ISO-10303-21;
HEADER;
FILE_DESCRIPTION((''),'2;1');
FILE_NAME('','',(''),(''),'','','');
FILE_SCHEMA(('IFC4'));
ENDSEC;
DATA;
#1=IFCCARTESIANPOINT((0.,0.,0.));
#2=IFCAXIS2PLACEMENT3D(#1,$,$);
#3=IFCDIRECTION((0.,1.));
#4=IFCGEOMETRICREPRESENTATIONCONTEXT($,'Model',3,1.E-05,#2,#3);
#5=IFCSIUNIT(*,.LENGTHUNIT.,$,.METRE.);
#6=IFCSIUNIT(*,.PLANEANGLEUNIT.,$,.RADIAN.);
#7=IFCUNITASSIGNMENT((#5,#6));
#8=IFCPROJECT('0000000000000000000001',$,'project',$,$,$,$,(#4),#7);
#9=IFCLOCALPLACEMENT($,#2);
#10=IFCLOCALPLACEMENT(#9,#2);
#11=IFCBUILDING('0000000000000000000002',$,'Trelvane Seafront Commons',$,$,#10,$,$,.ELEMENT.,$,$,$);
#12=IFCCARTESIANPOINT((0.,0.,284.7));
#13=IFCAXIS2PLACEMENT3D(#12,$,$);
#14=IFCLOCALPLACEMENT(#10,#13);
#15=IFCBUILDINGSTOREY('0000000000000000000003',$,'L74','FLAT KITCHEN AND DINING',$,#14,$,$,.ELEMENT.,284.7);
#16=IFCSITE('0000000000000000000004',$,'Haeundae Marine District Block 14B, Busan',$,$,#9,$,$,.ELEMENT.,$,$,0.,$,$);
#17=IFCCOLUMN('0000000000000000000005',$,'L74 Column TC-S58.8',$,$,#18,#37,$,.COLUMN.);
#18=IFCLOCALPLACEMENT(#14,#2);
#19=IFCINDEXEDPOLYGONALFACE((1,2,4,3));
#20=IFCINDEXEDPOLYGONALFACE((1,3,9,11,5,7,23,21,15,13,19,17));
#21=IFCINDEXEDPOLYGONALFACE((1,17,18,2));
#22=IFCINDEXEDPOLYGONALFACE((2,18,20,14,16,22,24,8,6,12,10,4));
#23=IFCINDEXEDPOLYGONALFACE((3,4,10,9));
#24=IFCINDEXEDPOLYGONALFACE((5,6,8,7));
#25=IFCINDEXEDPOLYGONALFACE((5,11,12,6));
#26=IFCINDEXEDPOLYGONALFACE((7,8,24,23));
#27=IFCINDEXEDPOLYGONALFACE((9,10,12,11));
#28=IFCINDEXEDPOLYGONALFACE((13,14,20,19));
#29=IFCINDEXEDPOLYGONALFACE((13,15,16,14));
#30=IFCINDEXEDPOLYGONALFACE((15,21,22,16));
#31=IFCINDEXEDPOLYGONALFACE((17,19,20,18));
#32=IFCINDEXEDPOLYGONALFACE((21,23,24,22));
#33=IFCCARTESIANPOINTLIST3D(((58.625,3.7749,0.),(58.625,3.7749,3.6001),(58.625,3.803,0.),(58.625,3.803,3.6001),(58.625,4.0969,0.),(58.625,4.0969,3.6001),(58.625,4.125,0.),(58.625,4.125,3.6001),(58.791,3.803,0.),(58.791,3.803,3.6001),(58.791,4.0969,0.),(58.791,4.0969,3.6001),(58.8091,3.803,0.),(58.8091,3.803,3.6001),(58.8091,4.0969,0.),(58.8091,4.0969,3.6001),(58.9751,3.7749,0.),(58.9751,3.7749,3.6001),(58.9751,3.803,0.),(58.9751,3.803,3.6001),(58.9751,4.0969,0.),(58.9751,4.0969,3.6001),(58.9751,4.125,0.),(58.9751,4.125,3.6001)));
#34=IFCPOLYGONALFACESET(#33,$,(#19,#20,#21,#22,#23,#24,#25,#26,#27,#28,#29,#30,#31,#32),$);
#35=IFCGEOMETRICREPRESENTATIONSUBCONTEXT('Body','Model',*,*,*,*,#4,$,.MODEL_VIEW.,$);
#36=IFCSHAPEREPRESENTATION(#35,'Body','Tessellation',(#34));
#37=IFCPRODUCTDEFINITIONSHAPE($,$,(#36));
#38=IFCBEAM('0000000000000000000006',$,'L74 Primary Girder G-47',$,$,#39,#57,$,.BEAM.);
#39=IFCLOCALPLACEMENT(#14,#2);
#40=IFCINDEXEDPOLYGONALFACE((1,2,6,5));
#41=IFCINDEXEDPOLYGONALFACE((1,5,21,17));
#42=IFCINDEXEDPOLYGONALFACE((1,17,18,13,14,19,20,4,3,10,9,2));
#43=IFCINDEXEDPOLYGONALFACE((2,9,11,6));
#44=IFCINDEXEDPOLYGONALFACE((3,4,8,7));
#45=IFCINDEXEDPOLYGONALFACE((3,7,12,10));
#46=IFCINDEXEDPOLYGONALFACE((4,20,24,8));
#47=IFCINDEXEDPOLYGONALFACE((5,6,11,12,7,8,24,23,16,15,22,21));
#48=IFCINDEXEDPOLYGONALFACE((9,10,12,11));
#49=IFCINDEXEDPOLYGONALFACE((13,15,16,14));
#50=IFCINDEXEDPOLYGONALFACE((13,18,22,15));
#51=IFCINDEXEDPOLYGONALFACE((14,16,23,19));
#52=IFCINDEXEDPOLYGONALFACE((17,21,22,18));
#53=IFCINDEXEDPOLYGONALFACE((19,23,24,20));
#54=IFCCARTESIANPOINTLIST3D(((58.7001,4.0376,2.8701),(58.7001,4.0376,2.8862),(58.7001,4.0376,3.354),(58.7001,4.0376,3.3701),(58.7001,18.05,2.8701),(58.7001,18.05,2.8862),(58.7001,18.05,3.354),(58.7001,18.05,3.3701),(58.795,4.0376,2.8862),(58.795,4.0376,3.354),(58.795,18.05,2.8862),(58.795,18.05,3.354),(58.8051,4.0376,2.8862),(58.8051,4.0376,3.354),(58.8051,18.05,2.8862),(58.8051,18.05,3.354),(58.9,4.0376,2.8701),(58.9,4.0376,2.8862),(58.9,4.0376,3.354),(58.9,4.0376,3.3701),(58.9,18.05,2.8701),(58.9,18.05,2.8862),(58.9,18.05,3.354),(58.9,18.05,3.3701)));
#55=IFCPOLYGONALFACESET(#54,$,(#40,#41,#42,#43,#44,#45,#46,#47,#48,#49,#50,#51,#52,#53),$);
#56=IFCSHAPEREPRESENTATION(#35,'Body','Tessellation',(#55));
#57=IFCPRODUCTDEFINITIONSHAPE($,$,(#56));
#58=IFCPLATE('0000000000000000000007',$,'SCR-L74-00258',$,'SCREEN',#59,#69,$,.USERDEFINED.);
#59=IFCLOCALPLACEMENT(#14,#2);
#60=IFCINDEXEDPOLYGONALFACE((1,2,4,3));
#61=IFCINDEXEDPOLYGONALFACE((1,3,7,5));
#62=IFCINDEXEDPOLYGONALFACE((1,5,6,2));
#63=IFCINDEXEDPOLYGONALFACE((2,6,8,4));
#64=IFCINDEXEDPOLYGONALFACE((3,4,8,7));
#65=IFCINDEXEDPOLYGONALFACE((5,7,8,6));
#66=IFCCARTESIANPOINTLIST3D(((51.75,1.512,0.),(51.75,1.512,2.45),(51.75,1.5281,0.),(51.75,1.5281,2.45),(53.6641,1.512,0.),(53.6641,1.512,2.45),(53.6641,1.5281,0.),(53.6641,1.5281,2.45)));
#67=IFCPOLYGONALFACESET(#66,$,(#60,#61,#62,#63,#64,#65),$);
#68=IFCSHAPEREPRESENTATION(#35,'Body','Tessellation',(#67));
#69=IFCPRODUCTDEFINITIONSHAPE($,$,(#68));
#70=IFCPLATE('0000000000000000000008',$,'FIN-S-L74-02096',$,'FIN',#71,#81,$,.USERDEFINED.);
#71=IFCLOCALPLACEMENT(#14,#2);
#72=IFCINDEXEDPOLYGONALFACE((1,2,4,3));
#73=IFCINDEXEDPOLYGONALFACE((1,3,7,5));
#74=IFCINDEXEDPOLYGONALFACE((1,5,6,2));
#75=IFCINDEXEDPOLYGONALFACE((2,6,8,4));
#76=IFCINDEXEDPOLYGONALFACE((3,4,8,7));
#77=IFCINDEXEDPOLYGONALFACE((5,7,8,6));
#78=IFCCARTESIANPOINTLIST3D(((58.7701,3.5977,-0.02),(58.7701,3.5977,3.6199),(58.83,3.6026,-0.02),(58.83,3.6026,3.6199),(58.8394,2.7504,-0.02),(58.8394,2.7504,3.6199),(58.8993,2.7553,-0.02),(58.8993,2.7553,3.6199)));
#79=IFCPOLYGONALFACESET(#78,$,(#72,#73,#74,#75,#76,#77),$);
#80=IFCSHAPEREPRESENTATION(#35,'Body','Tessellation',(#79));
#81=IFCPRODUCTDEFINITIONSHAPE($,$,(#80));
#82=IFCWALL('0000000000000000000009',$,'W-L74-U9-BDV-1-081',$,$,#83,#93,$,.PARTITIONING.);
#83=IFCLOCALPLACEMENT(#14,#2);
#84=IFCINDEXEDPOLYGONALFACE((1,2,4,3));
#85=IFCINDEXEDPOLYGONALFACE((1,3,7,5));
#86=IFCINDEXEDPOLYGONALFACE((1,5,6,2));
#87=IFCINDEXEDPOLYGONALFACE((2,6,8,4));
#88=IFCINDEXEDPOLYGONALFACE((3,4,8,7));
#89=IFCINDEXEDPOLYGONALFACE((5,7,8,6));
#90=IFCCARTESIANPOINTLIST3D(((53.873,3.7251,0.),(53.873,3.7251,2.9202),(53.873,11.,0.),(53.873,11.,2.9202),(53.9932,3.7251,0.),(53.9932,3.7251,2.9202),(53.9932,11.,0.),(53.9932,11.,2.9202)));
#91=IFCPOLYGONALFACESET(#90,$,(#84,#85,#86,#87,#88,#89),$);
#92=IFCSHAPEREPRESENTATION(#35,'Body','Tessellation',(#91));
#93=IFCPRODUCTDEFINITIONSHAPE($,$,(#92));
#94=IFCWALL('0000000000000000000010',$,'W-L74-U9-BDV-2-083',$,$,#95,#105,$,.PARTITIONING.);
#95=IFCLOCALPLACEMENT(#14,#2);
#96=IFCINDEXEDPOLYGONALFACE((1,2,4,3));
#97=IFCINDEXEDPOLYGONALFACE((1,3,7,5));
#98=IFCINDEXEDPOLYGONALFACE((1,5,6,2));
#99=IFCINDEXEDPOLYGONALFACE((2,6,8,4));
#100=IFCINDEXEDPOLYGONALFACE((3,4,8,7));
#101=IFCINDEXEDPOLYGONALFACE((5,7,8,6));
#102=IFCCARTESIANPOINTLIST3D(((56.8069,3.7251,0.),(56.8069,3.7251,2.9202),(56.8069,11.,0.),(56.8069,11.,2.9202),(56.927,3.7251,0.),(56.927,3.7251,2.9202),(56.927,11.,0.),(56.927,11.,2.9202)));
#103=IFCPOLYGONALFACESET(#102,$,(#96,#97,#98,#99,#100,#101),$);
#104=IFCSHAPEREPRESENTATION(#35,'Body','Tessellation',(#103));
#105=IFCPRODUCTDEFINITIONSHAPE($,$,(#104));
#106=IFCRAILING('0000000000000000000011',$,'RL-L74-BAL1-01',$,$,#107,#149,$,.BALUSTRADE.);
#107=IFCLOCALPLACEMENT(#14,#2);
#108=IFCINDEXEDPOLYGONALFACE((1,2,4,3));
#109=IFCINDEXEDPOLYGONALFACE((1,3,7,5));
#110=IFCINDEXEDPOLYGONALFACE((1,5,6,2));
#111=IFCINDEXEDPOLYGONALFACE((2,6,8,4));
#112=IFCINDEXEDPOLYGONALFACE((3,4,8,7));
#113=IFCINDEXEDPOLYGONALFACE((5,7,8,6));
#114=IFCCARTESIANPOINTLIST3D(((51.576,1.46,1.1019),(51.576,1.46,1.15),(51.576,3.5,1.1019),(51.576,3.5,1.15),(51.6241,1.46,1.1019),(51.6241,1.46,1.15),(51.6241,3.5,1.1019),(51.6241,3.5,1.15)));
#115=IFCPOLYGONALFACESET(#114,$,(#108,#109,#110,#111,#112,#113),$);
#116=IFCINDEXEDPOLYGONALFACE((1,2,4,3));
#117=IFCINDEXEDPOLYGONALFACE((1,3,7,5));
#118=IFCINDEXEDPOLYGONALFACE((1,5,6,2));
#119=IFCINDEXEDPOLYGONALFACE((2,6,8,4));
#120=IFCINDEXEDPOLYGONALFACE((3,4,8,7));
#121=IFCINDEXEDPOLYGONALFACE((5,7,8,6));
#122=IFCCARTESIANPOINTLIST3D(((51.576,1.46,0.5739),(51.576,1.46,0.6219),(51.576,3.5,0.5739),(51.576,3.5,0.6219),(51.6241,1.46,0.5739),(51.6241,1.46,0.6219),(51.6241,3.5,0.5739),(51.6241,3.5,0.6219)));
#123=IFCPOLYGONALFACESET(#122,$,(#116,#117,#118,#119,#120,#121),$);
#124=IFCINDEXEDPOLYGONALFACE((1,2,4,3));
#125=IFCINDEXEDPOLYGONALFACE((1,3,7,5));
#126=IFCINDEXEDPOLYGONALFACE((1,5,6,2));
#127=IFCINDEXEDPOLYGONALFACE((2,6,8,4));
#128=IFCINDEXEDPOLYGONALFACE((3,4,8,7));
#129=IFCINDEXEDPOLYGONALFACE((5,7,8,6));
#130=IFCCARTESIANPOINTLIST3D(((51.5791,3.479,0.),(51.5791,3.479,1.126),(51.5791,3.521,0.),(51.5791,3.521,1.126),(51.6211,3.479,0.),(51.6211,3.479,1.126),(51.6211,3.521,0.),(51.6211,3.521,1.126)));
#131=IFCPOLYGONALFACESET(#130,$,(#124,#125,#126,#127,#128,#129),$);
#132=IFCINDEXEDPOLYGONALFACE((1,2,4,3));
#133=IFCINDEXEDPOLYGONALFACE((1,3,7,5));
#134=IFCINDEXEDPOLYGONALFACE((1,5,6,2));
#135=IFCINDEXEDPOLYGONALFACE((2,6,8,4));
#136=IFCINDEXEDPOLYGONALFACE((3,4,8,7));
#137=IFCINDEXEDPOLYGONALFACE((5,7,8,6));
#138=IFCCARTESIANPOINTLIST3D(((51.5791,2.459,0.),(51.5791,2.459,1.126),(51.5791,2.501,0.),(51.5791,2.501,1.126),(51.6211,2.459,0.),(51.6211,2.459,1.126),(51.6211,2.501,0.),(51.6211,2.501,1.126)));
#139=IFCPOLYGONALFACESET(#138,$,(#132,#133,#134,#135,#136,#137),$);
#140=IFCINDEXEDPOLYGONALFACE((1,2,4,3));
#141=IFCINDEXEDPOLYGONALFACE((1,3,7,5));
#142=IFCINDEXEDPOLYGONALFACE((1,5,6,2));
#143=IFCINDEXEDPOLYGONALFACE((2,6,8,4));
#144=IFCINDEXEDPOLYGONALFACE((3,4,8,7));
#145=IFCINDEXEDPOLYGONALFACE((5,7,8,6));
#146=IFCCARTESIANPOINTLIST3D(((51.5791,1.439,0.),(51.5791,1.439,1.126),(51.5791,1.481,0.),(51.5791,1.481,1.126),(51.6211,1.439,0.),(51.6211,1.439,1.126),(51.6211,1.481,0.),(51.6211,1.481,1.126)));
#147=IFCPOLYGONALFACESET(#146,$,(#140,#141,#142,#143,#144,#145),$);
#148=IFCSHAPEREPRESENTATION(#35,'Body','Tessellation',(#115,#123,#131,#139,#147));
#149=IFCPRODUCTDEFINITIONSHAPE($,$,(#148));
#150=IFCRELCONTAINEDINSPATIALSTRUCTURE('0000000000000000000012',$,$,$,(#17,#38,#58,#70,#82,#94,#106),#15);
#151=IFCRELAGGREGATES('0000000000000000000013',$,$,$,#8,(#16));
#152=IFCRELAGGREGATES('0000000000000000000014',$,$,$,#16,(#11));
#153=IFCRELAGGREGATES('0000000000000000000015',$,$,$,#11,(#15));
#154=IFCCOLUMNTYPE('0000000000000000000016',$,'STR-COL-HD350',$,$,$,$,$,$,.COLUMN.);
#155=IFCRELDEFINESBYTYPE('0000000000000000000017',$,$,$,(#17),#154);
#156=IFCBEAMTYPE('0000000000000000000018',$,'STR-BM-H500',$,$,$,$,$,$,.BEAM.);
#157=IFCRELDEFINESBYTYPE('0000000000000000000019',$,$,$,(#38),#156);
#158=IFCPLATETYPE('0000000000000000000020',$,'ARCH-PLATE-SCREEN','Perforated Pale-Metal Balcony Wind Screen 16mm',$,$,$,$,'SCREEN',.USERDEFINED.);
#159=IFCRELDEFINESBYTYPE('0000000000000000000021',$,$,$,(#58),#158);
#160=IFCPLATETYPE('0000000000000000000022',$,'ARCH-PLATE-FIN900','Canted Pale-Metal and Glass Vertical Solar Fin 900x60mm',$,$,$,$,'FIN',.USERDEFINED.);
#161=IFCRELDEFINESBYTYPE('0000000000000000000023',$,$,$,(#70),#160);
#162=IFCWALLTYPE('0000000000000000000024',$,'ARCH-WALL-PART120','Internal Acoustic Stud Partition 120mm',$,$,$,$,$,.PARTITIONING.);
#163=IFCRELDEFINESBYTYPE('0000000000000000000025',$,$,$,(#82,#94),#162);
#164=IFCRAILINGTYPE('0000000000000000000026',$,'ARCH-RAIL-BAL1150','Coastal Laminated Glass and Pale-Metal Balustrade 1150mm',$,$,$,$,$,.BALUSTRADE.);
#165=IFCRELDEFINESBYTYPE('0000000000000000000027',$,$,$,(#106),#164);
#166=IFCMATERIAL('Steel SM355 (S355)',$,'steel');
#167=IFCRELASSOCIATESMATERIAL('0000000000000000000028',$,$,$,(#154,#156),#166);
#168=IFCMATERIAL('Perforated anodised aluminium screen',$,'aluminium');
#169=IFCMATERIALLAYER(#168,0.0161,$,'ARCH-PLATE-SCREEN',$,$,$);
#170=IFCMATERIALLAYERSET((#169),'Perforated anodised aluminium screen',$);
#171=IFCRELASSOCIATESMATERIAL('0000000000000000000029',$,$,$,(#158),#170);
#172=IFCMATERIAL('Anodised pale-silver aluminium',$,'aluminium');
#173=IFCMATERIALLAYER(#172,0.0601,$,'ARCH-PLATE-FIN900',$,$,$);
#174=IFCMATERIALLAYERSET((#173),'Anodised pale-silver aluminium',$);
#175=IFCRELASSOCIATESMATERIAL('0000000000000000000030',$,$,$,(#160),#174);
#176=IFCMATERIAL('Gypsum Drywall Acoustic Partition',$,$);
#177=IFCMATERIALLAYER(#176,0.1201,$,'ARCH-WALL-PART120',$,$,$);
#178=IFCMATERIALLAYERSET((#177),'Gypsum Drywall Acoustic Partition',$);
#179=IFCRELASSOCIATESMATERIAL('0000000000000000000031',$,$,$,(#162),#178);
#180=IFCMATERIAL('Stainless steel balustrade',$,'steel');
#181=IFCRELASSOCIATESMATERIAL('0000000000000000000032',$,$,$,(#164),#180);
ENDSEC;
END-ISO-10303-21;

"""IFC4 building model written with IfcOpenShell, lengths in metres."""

from ifc_helpers import new_model, si_unit, direction, frame, frame_2d, origin, origin_2d, place, context, subcontext, project, spatial, rectangle, i_section, extrude, source, transform, mapped, material, layer, layer_set, material_profile, profile_set, type_object, element, save


model = new_model("IFC4")

# Units and contexts
model_context = context("Model", 3, precision=1e-05, world=origin(), true_north=direction((0.0, 1.0)))
body_context = subcontext(model_context, "Body", "Model", "MODEL_VIEW")
ifc_project = project(units=[si_unit("LENGTHUNIT", "METRE"), si_unit("PLANEANGLEUNIT", "RADIAN")], contexts=[model_context])

# Site, building, storey
site_placement = place(None, origin())
site = spatial("IfcSite", under=ifc_project, at=site_placement, Name="Haeundae Marine District Block 14B, Busan", CompositionType="ELEMENT", RefElevation=0.0)
building_placement = place(site_placement, origin())
building = spatial("IfcBuilding", under=site, at=building_placement, Name="Trelvane Seafront Commons", CompositionType="ELEMENT")
storey_placement = place(building_placement, frame((0.0, 0.0, 284.7)))
storey = spatial("IfcBuildingStorey", under=building, at=storey_placement, Name="L74", Description="FLAT KITCHEN AND DINING", CompositionType="ELEMENT", Elevation=284.7)

# Column
ifc_material_1 = material(Name="Steel SM355 (S355)", Category="steel")
ifc_material_profile_1 = material_profile(ifc_material_1, i_section(OverallWidth=0.3501, OverallDepth=0.3501, WebThickness=0.0181, FlangeThickness=0.0281, at=origin_2d()), Name="HD-350x350x18x28")
ifc_profile_set_1 = profile_set([ifc_material_profile_1], Name="Steel SM355 (S355)")
column_type = type_object("IfcColumnType", Name="STR-COL-HD350", PredefinedType="COLUMN", material=ifc_profile_set_1)
shared_shape_1 = source(origin(), body_context, "Body", "SweptSolid", [
    extrude(i_section(OverallWidth=0.3501, OverallDepth=0.3501, WebThickness=0.0181, FlangeThickness=0.0281, at=origin_2d()), origin(), (0.0, 0.0, 1.0), 3.6001),
])
column_placement = place(storey_placement, frame((58.8, 3.95, 0.0), z_axis=(0.0, 0.0, 1.0), x_axis=(1.0, 0.0, 0.0)))
element("IfcColumn", 1, at=column_placement, inside=storey, type_object=column_type, Name="L74 Column TC-S58.8", PredefinedType="COLUMN", context=body_context, shape_type="MappedRepresentation", body=[
    mapped(shared_shape_1, transform((0.0, 0.0, 0.0), x_axis=(1.0, 0.0, 0.0), y_axis=(0.0, 1.0, 0.0), z_axis=(0.0, 0.0, 1.0), scale=1.0)),
])

# Beam
ifc_material_profile_2 = material_profile(ifc_material_1, i_section(OverallWidth=0.2, OverallDepth=0.5, WebThickness=0.01, FlangeThickness=0.0161, at=origin_2d()), Name="H-500x200x10x16")
ifc_profile_set_2 = profile_set([ifc_material_profile_2], Name="Steel SM355 (S355)")
beam_type = type_object("IfcBeamType", Name="STR-BM-H500", PredefinedType="BEAM", material=ifc_profile_set_2)
shared_shape_2 = source(origin(), body_context, "Body", "SweptSolid", [
    extrude(i_section(OverallWidth=0.2, OverallDepth=0.5, WebThickness=0.01, FlangeThickness=0.0161, at=origin_2d()), origin(), (0.0, 0.0, 1.0), 14.0125),
])
beam_placement = place(storey_placement, frame((58.8, 4.0376, 3.1201), z_axis=(0.0, 1.0, 0.0), x_axis=(-1.0, 0.0, 0.0)))
element("IfcBeam", 2, at=beam_placement, inside=storey, type_object=beam_type, Name="L74 Primary Girder G-47", PredefinedType="BEAM", context=body_context, shape_type="MappedRepresentation", body=[
    mapped(shared_shape_2, transform((0.0, 0.0, 0.0), x_axis=(1.0, 0.0, 0.0), y_axis=(0.0, 1.0, 0.0), z_axis=(0.0, 0.0, 1.0), scale=1.0)),
])

# Plates
ifc_material_2 = material(Name="Perforated anodised aluminium screen", Category="aluminium")
ifc_layer_1 = layer(ifc_material_2, 0.0161, Name="ARCH-PLATE-SCREEN")
ifc_layer_set_1 = layer_set([ifc_layer_1], Name="Perforated anodised aluminium screen")
plate_type_1 = type_object("IfcPlateType", Name="ARCH-PLATE-SCREEN", Description="Perforated Pale-Metal Balcony Wind Screen 16mm", ElementType="SCREEN", PredefinedType="USERDEFINED", material=ifc_layer_set_1)
shared_shape_3 = source(origin(), body_context, "Body", "SweptSolid", [
    extrude(rectangle(XDim=1.9141, YDim=0.0161, at=origin_2d()), origin(), (0.0, 0.0, 1.0), 2.45),
])
plate_1_placement = place(storey_placement, frame((52.707, 1.52, 0.0), z_axis=(0.0, 0.0, 1.0), x_axis=(1.0, 0.0, 0.0)))
element("IfcPlate", 3, at=plate_1_placement, inside=storey, type_object=plate_type_1, Name="SCR-L74-00258", ObjectType="SCREEN", PredefinedType="USERDEFINED", context=body_context, shape_type="MappedRepresentation", body=[
    mapped(shared_shape_3, transform((0.0, 0.0, 0.0), x_axis=(1.0, 0.0, 0.0), y_axis=(0.0, 1.0, 0.0), z_axis=(0.0, 0.0, 1.0), scale=1.0)),
])
ifc_material_3 = material(Name="Anodised pale-silver aluminium", Category="aluminium")
ifc_layer_2 = layer(ifc_material_3, 0.0601, Name="ARCH-PLATE-FIN900")
ifc_layer_set_2 = layer_set([ifc_layer_2], Name="Anodised pale-silver aluminium")
plate_type_2 = type_object("IfcPlateType", Name="ARCH-PLATE-FIN900", Description="Canted Pale-Metal and Glass Vertical Solar Fin 900x60mm", ElementType="FIN", PredefinedType="USERDEFINED", material=ifc_layer_set_2)
shared_shape_4 = source(origin(), body_context, "Body", "SweptSolid", [
    extrude(rectangle(XDim=0.8501, YDim=0.0601, at=origin_2d()), origin(), (0.0, 0.0, 1.0), 3.6399),
])
plate_2_placement = place(storey_placement, frame((58.8347, 3.1765, -0.02), z_axis=(0.0, 0.0, 1.0), x_axis=(0.081526, -0.996671, 0.0)))
element("IfcPlate", 4, at=plate_2_placement, inside=storey, type_object=plate_type_2, Name="FIN-S-L74-02096", ObjectType="FIN", PredefinedType="USERDEFINED", context=body_context, shape_type="MappedRepresentation", body=[
    mapped(shared_shape_4, transform((0.0, 0.0, 0.0), x_axis=(1.0, 0.0, 0.0), y_axis=(0.0, 1.0, 0.0), z_axis=(0.0, 0.0, 1.0), scale=1.0)),
])

# Shared definitions
ifc_material_4 = material(Name="Gypsum Drywall Acoustic Partition")
ifc_layer_3 = layer(ifc_material_4, 0.1201, Name="ARCH-WALL-PART120")
ifc_layer_set_3 = layer_set([ifc_layer_3], Name="Gypsum Drywall Acoustic Partition")
wall_type = type_object("IfcWallType", Name="ARCH-WALL-PART120", Description="Internal Acoustic Stud Partition 120mm", PredefinedType="PARTITIONING", material=ifc_layer_set_3)

# Wall
wall_1_placement = place(storey_placement, frame((53.9331, 3.7251, 0.0), z_axis=(0.0, 0.0, 1.0), x_axis=(0.0, 1.0, 0.0)))
element("IfcWall", 5, at=wall_1_placement, inside=storey, type_object=wall_type, Name="W-L74-U9-BDV-1-081", PredefinedType="PARTITIONING", context=body_context, shape_type="SweptSolid", body=[
    extrude(rectangle(XDim=7.2749, YDim=0.1201, at=frame_2d((3.6375, 0.0))), origin(), (0.0, 0.0, 1.0), 2.9202),
])

# Wall
wall_2_placement = place(storey_placement, frame((56.8669, 3.7251, 0.0), z_axis=(0.0, 0.0, 1.0), x_axis=(0.0, 1.0, 0.0)))
element("IfcWall", 6, at=wall_2_placement, inside=storey, type_object=wall_type, Name="W-L74-U9-BDV-2-083", PredefinedType="PARTITIONING", context=body_context, shape_type="SweptSolid", body=[
    extrude(rectangle(XDim=7.2749, YDim=0.1201, at=frame_2d((3.6375, 0.0))), origin(), (0.0, 0.0, 1.0), 2.9202),
])

# Railing
ifc_material_5 = material(Name="Stainless steel balustrade", Category="steel")
railing_type = type_object("IfcRailingType", Name="ARCH-RAIL-BAL1150", Description="Coastal Laminated Glass and Pale-Metal Balustrade 1150mm", PredefinedType="BALUSTRADE", material=ifc_material_5)
railing_1_placement = place(storey_placement, frame((51.6001, 3.5, 0.0)))
element("IfcRailing", 7, at=railing_1_placement, inside=storey, type_object=railing_type, Name="RL-L74-BAL1-01", PredefinedType="BALUSTRADE", context=body_context, shape_type="SweptSolid", body=[
    extrude(rectangle(XDim=0.0481, YDim=0.0481, at=origin_2d()), frame((0.0, 0.0, 1.126), z_axis=(0.0, -1.0, 0.0), x_axis=(1.0, 0.0, 0.0)), (0.0, 0.0, 1.0), 2.04),
    extrude(rectangle(XDim=0.0481, YDim=0.0481, at=origin_2d()), frame((0.0, 0.0, 0.5979), z_axis=(0.0, -1.0, 0.0), x_axis=(1.0, 0.0, 0.0)), (0.0, 0.0, 1.0), 2.04),
    extrude(rectangle(XDim=0.042, YDim=0.042, at=origin_2d()), origin(), (0.0, 0.0, 1.0), 1.126),
    extrude(rectangle(XDim=0.042, YDim=0.042, at=origin_2d()), frame((0.0, -1.02, 0.0)), (0.0, 0.0, 1.0), 1.126),
    extrude(rectangle(XDim=0.042, YDim=0.042, at=origin_2d()), frame((0.0, -2.04, 0.0)), (0.0, 0.0, 1.0), 1.126),
])

save(model, "model.ifc")
